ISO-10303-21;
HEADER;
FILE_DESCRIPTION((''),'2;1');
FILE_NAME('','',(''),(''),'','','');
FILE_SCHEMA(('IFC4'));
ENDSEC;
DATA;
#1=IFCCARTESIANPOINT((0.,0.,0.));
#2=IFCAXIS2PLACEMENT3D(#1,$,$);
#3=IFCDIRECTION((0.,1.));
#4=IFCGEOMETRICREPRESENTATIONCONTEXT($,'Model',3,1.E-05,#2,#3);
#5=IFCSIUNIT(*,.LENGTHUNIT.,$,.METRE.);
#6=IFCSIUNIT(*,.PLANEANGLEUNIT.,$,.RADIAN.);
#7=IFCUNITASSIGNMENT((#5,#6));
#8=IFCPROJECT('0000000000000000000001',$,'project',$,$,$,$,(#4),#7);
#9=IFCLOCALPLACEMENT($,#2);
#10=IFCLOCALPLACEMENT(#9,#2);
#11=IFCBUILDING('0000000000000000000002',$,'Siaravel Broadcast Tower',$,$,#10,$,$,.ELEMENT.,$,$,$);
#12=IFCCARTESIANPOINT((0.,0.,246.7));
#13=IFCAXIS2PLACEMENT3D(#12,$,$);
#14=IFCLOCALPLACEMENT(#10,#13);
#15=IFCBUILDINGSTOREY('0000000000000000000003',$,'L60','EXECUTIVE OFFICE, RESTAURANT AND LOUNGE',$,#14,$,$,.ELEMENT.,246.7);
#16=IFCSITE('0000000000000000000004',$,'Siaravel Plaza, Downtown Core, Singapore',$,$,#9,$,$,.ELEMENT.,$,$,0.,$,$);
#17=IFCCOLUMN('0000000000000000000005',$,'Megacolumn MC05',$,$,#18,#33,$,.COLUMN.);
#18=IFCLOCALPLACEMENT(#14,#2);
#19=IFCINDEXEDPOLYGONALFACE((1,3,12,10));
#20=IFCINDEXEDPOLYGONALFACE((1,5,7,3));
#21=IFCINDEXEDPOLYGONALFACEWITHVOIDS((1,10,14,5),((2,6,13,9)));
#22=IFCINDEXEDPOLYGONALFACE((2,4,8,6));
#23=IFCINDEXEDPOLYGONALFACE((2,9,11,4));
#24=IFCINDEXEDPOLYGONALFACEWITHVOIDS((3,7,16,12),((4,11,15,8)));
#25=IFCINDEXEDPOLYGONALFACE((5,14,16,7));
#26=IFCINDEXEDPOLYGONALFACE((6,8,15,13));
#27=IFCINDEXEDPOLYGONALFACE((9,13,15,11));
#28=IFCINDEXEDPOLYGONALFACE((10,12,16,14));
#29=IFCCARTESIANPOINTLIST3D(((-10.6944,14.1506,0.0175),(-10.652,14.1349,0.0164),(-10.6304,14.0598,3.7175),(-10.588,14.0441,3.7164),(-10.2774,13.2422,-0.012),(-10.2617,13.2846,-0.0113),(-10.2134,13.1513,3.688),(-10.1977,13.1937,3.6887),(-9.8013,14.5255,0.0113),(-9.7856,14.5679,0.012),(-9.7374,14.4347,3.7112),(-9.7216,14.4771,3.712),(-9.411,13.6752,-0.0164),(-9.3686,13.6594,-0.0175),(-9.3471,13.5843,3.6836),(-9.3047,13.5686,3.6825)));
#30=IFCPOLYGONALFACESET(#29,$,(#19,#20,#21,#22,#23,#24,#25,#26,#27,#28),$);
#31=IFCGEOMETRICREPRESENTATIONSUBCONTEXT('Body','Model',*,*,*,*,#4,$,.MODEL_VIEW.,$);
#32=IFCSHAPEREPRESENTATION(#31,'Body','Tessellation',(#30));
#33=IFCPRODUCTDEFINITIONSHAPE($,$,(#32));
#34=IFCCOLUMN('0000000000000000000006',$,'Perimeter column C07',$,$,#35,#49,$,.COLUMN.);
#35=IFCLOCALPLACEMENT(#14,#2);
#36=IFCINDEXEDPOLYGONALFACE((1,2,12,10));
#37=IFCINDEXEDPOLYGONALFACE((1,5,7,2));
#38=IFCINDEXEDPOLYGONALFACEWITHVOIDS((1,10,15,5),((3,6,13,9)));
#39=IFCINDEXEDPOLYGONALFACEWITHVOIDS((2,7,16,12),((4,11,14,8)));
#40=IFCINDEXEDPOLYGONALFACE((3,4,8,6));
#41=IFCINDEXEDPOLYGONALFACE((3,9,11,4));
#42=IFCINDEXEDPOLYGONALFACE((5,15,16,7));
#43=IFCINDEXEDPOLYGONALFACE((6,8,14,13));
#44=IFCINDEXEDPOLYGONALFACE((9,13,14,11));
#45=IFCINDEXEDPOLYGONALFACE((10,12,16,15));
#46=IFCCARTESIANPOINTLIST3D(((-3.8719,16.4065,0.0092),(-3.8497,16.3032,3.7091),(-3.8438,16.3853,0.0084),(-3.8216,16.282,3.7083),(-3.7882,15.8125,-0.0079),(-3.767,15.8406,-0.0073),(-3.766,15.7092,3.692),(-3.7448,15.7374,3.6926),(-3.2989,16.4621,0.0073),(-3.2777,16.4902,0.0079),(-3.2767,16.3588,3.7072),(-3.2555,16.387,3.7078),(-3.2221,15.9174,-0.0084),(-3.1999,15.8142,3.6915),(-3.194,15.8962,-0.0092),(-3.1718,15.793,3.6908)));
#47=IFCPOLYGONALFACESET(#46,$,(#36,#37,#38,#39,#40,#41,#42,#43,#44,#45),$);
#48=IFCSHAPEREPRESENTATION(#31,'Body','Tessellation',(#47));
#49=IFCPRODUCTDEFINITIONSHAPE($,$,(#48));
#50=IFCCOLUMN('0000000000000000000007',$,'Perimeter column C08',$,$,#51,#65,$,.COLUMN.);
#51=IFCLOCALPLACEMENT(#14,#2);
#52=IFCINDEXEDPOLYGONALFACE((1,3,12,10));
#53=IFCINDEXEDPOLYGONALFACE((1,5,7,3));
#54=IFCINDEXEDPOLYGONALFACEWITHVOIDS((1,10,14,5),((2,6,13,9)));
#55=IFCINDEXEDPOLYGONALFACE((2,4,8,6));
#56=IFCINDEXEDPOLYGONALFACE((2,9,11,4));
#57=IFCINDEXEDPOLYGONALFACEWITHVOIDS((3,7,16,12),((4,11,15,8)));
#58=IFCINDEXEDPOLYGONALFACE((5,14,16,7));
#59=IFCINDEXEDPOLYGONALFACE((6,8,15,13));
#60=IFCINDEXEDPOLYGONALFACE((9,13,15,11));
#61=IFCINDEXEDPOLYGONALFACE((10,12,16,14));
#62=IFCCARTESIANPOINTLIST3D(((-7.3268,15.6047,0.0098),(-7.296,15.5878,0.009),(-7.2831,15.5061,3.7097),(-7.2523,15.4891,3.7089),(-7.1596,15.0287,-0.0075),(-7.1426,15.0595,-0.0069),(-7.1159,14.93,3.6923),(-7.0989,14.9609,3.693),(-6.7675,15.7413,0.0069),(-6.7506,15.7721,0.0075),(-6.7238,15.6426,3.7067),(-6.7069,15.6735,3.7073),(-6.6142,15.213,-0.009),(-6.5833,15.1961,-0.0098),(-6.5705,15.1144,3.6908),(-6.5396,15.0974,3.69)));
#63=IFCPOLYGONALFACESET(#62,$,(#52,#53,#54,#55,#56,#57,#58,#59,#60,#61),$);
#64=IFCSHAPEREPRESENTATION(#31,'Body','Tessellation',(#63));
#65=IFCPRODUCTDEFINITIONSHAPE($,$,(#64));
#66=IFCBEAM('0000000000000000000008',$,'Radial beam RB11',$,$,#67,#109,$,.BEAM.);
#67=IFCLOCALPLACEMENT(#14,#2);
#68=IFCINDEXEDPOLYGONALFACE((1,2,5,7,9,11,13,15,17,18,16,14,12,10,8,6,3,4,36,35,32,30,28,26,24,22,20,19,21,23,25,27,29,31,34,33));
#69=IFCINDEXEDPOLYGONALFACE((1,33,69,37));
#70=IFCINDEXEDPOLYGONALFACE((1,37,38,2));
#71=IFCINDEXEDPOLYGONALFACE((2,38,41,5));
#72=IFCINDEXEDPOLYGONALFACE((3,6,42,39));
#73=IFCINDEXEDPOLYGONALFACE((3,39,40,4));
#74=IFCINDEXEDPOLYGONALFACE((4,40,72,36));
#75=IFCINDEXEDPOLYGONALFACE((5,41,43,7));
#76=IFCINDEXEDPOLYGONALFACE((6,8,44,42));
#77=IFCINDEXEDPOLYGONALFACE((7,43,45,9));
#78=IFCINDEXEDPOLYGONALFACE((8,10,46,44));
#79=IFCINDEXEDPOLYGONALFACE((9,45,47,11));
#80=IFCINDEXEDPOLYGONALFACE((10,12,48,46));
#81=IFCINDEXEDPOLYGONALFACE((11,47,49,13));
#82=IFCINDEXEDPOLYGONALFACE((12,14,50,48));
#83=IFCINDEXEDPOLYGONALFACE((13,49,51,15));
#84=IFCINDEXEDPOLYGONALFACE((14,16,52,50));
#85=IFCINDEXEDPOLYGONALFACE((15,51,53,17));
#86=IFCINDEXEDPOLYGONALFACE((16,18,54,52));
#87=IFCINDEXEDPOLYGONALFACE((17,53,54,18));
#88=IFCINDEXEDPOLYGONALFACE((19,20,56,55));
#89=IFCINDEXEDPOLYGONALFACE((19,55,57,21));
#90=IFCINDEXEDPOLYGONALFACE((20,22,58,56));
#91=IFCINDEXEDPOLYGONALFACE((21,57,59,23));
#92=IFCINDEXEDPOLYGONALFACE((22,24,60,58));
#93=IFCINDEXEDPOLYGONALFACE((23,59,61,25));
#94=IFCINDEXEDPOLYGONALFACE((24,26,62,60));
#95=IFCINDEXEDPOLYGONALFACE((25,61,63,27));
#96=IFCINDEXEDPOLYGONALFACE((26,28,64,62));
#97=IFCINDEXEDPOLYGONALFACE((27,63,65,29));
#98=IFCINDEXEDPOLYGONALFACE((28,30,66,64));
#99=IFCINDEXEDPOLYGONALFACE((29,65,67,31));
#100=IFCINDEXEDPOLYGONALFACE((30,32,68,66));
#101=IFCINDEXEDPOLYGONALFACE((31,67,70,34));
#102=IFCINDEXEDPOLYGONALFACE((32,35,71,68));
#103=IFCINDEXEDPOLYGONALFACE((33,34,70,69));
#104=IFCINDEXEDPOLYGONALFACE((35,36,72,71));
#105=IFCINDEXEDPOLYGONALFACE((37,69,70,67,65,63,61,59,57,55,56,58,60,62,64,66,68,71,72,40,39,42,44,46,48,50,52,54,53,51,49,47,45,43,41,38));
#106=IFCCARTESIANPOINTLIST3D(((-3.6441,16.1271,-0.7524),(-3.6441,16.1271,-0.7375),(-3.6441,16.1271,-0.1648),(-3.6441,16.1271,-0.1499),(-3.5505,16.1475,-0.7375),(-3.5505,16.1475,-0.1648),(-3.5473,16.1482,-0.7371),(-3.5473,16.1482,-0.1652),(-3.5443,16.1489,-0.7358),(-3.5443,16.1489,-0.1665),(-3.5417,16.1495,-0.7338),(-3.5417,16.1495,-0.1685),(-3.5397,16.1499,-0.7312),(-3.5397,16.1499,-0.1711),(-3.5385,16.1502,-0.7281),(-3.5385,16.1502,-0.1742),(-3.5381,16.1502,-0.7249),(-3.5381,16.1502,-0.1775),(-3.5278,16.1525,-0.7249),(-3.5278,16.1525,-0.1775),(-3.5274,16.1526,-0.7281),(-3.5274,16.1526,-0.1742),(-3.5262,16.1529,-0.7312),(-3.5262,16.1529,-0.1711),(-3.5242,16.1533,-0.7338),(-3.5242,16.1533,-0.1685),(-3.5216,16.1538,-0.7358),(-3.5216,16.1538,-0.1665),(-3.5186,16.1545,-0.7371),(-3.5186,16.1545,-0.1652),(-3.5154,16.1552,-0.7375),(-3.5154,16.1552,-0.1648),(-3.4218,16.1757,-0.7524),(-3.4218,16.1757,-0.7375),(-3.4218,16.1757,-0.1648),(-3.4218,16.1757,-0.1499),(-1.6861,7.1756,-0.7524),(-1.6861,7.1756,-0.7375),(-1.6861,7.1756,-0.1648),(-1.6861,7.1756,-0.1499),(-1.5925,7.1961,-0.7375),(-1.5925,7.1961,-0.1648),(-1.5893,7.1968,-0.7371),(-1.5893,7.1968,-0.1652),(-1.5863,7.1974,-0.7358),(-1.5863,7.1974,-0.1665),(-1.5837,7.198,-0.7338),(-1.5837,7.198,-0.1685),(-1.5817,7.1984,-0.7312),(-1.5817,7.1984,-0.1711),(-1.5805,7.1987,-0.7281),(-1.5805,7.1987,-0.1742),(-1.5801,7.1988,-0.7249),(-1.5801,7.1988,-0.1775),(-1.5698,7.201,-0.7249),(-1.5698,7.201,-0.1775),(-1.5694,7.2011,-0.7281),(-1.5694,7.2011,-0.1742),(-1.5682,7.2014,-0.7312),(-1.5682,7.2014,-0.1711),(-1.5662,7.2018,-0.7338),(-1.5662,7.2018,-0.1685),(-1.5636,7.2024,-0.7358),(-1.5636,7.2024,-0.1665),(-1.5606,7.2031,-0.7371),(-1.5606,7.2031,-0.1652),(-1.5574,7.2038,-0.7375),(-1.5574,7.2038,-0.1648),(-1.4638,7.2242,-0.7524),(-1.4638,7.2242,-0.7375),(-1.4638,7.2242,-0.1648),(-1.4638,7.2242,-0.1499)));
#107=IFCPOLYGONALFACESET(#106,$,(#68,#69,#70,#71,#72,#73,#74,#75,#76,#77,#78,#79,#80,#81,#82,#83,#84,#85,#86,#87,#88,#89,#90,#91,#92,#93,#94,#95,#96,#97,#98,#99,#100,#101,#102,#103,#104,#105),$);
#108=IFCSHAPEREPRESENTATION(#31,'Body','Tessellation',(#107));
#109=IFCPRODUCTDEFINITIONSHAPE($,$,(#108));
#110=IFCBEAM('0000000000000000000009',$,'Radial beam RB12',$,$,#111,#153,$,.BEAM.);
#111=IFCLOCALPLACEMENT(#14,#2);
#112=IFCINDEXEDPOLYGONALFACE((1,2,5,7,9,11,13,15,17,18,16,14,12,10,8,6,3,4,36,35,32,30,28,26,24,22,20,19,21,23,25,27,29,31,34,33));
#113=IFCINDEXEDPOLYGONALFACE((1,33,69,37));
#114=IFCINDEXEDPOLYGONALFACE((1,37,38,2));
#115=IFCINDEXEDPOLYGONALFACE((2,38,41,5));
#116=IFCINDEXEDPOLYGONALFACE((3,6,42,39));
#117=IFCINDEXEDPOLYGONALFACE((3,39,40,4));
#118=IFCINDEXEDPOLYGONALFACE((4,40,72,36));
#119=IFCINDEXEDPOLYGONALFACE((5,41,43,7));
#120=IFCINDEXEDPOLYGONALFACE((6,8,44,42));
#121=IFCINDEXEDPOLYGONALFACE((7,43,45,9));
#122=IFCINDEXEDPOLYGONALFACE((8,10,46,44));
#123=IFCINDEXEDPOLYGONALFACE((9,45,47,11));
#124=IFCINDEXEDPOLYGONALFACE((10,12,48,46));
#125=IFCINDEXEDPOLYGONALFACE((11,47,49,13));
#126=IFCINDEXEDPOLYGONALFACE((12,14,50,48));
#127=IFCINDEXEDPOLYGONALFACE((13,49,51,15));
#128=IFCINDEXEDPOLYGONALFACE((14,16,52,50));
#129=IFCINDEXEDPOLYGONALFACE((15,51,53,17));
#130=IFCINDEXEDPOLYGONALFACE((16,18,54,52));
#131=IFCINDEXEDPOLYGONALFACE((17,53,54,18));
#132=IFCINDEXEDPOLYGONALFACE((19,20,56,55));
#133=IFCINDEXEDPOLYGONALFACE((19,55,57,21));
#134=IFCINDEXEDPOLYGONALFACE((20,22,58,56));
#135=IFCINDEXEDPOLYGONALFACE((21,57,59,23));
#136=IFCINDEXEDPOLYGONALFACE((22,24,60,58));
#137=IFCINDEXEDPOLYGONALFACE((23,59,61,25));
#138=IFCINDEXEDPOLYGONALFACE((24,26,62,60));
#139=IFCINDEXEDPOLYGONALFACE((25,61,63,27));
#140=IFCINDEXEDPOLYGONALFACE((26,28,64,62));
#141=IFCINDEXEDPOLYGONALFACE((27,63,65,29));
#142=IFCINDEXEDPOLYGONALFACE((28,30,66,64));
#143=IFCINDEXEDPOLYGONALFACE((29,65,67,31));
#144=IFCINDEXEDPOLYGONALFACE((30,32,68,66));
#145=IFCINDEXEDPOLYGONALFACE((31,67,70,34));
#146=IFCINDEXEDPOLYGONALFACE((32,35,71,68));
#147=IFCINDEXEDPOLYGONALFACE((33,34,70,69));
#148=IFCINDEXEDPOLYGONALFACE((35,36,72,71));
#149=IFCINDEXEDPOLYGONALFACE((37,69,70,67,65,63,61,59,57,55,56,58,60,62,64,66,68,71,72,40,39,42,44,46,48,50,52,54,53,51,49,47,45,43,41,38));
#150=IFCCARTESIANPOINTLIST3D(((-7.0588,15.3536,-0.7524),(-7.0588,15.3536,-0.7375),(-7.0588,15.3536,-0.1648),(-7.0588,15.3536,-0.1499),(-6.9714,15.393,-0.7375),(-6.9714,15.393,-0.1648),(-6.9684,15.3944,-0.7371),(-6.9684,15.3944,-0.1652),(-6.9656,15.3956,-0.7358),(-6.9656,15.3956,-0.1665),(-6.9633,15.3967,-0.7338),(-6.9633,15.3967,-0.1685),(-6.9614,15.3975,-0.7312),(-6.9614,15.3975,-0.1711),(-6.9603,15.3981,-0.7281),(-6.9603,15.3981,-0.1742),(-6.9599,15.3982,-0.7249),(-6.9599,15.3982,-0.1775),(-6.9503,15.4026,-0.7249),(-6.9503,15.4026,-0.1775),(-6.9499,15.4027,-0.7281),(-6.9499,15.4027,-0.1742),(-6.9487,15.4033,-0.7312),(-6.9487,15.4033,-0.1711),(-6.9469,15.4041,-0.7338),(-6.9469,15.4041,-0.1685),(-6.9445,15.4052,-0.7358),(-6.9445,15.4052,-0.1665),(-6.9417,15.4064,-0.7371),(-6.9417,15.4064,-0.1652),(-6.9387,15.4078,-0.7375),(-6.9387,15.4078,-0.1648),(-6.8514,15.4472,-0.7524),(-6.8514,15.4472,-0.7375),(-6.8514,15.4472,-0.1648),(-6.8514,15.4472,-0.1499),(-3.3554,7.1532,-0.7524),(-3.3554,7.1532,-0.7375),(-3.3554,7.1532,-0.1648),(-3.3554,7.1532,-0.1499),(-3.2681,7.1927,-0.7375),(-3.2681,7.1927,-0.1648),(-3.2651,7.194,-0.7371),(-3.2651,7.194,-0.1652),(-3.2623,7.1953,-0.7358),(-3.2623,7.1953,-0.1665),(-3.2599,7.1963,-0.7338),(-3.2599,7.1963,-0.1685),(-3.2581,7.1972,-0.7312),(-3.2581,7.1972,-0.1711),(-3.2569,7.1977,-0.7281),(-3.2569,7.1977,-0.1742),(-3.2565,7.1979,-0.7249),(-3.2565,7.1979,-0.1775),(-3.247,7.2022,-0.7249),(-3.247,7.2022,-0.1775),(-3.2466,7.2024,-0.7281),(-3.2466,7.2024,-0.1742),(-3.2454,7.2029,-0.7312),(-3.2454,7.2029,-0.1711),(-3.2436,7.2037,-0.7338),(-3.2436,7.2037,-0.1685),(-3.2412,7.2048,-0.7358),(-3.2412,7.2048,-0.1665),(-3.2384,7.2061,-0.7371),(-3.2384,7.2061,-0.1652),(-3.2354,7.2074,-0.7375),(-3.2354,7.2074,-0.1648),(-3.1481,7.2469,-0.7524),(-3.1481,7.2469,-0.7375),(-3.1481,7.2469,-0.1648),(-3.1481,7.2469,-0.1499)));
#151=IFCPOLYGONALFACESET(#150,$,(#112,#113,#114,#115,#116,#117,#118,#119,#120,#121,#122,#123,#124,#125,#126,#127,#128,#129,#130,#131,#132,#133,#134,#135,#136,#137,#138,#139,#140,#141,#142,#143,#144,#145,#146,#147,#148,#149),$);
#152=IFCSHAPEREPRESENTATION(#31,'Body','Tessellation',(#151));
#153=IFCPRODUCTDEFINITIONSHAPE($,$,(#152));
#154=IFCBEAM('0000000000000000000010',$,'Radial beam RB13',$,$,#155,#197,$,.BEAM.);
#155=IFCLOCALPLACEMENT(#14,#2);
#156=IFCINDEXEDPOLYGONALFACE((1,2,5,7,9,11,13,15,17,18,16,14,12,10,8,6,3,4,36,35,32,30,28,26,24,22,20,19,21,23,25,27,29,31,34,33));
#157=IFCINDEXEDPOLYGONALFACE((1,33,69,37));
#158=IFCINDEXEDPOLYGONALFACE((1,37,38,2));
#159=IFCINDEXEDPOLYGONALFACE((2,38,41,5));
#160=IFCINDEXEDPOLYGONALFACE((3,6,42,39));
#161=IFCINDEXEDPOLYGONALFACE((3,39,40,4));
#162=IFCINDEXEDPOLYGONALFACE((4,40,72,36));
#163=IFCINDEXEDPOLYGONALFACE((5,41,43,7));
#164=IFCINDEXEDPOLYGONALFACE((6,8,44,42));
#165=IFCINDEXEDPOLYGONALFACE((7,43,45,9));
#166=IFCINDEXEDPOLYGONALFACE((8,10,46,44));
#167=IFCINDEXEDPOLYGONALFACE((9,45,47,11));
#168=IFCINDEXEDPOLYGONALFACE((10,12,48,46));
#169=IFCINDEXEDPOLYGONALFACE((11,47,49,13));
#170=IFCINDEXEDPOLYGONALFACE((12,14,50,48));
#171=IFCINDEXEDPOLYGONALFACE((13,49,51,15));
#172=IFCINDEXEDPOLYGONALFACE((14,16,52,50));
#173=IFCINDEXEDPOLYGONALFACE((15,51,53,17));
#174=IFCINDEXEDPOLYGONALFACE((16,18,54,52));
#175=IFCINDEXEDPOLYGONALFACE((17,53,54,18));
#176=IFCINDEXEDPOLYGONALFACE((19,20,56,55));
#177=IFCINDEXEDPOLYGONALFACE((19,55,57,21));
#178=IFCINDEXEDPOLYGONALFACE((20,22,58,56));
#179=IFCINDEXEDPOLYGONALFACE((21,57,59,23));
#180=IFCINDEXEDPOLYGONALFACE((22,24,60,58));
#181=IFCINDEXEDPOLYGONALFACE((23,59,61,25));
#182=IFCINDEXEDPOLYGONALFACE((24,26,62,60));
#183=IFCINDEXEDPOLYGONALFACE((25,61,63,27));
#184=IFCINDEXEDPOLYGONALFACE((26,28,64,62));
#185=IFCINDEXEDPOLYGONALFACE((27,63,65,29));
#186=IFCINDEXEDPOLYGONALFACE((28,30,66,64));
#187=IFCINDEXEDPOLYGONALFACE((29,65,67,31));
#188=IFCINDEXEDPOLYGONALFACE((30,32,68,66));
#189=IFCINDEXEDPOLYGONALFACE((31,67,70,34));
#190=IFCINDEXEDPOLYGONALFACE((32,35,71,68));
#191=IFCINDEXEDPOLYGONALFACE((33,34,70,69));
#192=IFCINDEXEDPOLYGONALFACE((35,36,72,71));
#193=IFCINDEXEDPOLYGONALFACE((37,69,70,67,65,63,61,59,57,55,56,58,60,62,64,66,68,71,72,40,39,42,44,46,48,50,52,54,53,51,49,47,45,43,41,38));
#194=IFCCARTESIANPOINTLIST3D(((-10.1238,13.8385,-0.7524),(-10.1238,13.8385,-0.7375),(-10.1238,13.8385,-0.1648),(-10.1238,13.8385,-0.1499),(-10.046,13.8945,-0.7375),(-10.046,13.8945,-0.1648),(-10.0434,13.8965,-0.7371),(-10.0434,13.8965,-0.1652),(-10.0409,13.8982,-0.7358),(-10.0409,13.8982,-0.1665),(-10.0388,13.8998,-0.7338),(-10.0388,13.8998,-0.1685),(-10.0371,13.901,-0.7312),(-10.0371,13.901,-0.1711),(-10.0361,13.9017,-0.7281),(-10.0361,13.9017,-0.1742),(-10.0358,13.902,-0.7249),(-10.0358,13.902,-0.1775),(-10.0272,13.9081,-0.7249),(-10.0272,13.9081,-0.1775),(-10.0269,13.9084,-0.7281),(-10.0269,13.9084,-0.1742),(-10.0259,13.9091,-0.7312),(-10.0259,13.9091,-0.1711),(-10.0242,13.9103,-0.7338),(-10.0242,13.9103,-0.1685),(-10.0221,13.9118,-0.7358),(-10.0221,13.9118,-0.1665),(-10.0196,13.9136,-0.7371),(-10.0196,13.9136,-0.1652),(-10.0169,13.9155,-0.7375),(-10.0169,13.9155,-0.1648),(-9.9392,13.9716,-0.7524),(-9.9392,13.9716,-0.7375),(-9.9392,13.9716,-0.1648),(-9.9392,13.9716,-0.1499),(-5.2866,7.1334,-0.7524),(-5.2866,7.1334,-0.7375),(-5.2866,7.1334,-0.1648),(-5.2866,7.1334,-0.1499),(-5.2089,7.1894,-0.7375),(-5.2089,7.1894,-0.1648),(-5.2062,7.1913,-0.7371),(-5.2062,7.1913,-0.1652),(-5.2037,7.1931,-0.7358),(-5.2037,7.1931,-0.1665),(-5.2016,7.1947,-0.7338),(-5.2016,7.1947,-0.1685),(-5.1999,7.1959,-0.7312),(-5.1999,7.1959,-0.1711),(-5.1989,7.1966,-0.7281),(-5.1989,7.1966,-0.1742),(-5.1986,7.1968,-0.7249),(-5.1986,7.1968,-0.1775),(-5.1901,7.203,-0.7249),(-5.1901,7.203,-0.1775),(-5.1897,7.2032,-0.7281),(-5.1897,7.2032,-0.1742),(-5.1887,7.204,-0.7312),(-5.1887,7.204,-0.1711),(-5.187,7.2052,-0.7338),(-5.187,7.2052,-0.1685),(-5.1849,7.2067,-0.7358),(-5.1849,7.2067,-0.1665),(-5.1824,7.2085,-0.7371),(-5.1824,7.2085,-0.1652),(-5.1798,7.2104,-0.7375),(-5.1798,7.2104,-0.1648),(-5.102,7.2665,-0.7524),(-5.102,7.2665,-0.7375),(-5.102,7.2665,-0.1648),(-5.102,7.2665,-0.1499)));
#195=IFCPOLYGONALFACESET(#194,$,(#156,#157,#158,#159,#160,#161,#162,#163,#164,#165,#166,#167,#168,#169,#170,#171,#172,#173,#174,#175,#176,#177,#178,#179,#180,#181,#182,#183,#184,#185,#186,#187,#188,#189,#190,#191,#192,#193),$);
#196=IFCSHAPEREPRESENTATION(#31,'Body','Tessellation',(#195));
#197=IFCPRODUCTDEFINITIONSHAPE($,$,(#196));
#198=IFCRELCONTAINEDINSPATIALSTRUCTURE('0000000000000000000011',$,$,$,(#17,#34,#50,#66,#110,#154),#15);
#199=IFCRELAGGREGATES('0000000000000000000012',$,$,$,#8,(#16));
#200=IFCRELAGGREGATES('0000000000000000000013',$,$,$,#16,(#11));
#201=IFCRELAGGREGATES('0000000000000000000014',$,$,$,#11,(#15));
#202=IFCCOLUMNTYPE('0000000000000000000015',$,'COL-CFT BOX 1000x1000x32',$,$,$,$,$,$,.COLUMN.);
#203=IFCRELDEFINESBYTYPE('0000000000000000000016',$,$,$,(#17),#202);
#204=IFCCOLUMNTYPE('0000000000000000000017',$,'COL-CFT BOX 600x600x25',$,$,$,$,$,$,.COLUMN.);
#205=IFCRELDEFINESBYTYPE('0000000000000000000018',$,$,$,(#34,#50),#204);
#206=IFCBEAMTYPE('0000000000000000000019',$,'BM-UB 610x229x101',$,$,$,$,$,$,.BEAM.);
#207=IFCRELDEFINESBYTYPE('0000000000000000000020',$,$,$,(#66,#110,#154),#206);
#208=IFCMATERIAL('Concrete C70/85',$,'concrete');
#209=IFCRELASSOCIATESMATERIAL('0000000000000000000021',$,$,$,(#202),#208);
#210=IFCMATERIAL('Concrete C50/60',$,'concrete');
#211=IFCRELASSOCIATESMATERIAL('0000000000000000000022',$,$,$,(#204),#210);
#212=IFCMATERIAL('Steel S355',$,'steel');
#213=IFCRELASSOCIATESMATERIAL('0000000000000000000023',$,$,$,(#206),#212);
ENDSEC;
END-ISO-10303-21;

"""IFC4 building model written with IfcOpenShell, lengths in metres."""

from ifc_helpers import new_model, si_unit, direction, frame, origin, origin_2d, place, context, subcontext, project, spatial, hollow_rectangle, i_section, extrude, material, material_profile, profile_set, type_object, element, save


model = new_model("IFC4")

# Units and contexts
model_context = context("Model", 3, precision=1e-05, world=origin(), true_north=direction((0.0, 1.0)))
body_context = subcontext(model_context, "Body", "Model", "MODEL_VIEW")
ifc_project = project(units=[si_unit("LENGTHUNIT", "METRE"), si_unit("PLANEANGLEUNIT", "RADIAN")], contexts=[model_context])

# Site, building, storey
site_placement = place(None, origin())
site = spatial("IfcSite", under=ifc_project, at=site_placement, Name="Siaravel Plaza, Downtown Core, Singapore", CompositionType="ELEMENT", RefElevation=0.0)
building_placement = place(site_placement, origin())
building = spatial("IfcBuilding", under=site, at=building_placement, Name="Siaravel Broadcast Tower", CompositionType="ELEMENT")
storey_placement = place(building_placement, frame((0.0, 0.0, 246.7)))
storey = spatial("IfcBuildingStorey", under=building, at=storey_placement, Name="L60", Description="EXECUTIVE OFFICE, RESTAURANT AND LOUNGE", CompositionType="ELEMENT", Elevation=246.7)

# Columns
ifc_material_1 = material(Name="Concrete C70/85", Category="concrete")
ifc_material_profile_1 = material_profile(ifc_material_1, hollow_rectangle(XDim=1.0, YDim=1.0, WallThickness=0.032, at=origin_2d()))
ifc_profile_set_1 = profile_set([ifc_material_profile_1], Name="Concrete C70/85")
column_type_1 = type_object("IfcColumnType", Name="COL-CFT BOX 1000x1000x32", PredefinedType="COLUMN", material=ifc_profile_set_1)
column_placement = place(storey_placement, frame((-10.0315, 13.905, 0.0), z_axis=(0.01728, -0.024535, 0.99955), x_axis=(0.908759, 0.417285, -0.005468)))
element("IfcColumn", 1, at=column_placement, inside=storey, type_object=column_type_1, Name="Megacolumn MC05", PredefinedType="COLUMN", context=body_context, shape_type="SweptSolid", body=[
    extrude(hollow_rectangle(XDim=1.0, YDim=1.0, WallThickness=0.032, at=origin_2d()), origin(), (0.0, 0.0, 1.0), 3.7017),
])
ifc_material_2 = material(Name="Concrete C50/60", Category="concrete")
ifc_material_profile_2 = material_profile(ifc_material_2, hollow_rectangle(XDim=0.6001, YDim=0.6001, WallThickness=0.0249, at=origin_2d()))
ifc_profile_set_2 = profile_set([ifc_material_profile_2], Name="Concrete C50/60")
column_type_2 = type_object("IfcColumnType", Name="COL-CFT BOX 600x600x25", PredefinedType="COLUMN", material=ifc_profile_set_2)
for number, where, z_axis, x_axis, name in (
    (2, (-3.533, 16.1514, 0.0), (0.006002, -0.0279, 0.999593), (0.990211, 0.139565, -0.00205), "Perimeter column C07"),
    (3, (-6.9551, 15.4004, 0.0), (0.011806, -0.026647, 0.999575), (0.960306, 0.27892, -0.003907), "Perimeter column C08"),
):
    element("IfcColumn", number, at=place(storey_placement, frame(where, z_axis=z_axis, x_axis=x_axis)), inside=storey, type_object=column_type_2, Name=name, PredefinedType="COLUMN", context=body_context, shape_type="SweptSolid", body=[
        extrude(hollow_rectangle(XDim=0.6001, YDim=0.6001, WallThickness=0.0249, at=origin_2d()), origin(), (0.0, 0.0, 1.0), 3.7014),
    ])

# Beams
ifc_material_3 = material(Name="Steel S355", Category="steel")
ifc_material_profile_3 = material_profile(ifc_material_3, i_section(OverallWidth=0.2275, OverallDepth=0.6025, WebThickness=0.0105, FlangeThickness=0.0149, FilletRadius=0.0127, at=origin_2d()))
ifc_profile_set_3 = profile_set([ifc_material_profile_3], Name="Steel S355")
beam_type = type_object("IfcBeamType", Name="BM-UB 610x229x101", PredefinedType="BEAM", material=ifc_profile_set_3)
beam_1_placement = place(storey_placement, frame((-3.533, 16.1514, -0.4512), z_axis=(0.213685, -0.976903, 0.0), x_axis=(0.976903, 0.213685, 0.0)))
element("IfcBeam", 4, at=beam_1_placement, inside=storey, type_object=beam_type, Name="Radial beam RB11", PredefinedType="BEAM", context=body_context, shape_type="SweptSolid", body=[
    extrude(i_section(OverallWidth=0.2275, OverallDepth=0.6025, WebThickness=0.0105, FlangeThickness=0.0149, FilletRadius=0.0127, at=origin_2d()), origin(), (0.0, 0.0, 1.0), 9.1631),
])
beam_2_placement = place(storey_placement, frame((-6.9551, 15.4004, -0.4512), z_axis=(0.411582, -0.911373, 0.0), x_axis=(0.911373, 0.411582, 0.0)))
element("IfcBeam", 5, at=beam_2_placement, inside=storey, type_object=beam_type, Name="Radial beam RB12", PredefinedType="BEAM", context=body_context, shape_type="SweptSolid", body=[
    extrude(i_section(OverallWidth=0.2275, OverallDepth=0.6025, WebThickness=0.0105, FlangeThickness=0.0149, FilletRadius=0.0127, at=origin_2d()), origin(), (0.0, 0.0, 1.0), 8.9978),
])
beam_3_placement = place(storey_placement, frame((-10.0315, 13.905, -0.4512), z_axis=(0.585061, -0.810989, 0.0), x_axis=(0.810989, 0.585061, 0.0)))
element("IfcBeam", 6, at=beam_3_placement, inside=storey, type_object=beam_type, Name="Radial beam RB13", PredefinedType="BEAM", context=body_context, shape_type="SweptSolid", body=[
    extrude(i_section(OverallWidth=0.2275, OverallDepth=0.6025, WebThickness=0.0105, FlangeThickness=0.0149, FilletRadius=0.0127, at=origin_2d()), origin(), (0.0, 0.0, 1.0), 8.2678),
])

save(model, "model.ifc")
